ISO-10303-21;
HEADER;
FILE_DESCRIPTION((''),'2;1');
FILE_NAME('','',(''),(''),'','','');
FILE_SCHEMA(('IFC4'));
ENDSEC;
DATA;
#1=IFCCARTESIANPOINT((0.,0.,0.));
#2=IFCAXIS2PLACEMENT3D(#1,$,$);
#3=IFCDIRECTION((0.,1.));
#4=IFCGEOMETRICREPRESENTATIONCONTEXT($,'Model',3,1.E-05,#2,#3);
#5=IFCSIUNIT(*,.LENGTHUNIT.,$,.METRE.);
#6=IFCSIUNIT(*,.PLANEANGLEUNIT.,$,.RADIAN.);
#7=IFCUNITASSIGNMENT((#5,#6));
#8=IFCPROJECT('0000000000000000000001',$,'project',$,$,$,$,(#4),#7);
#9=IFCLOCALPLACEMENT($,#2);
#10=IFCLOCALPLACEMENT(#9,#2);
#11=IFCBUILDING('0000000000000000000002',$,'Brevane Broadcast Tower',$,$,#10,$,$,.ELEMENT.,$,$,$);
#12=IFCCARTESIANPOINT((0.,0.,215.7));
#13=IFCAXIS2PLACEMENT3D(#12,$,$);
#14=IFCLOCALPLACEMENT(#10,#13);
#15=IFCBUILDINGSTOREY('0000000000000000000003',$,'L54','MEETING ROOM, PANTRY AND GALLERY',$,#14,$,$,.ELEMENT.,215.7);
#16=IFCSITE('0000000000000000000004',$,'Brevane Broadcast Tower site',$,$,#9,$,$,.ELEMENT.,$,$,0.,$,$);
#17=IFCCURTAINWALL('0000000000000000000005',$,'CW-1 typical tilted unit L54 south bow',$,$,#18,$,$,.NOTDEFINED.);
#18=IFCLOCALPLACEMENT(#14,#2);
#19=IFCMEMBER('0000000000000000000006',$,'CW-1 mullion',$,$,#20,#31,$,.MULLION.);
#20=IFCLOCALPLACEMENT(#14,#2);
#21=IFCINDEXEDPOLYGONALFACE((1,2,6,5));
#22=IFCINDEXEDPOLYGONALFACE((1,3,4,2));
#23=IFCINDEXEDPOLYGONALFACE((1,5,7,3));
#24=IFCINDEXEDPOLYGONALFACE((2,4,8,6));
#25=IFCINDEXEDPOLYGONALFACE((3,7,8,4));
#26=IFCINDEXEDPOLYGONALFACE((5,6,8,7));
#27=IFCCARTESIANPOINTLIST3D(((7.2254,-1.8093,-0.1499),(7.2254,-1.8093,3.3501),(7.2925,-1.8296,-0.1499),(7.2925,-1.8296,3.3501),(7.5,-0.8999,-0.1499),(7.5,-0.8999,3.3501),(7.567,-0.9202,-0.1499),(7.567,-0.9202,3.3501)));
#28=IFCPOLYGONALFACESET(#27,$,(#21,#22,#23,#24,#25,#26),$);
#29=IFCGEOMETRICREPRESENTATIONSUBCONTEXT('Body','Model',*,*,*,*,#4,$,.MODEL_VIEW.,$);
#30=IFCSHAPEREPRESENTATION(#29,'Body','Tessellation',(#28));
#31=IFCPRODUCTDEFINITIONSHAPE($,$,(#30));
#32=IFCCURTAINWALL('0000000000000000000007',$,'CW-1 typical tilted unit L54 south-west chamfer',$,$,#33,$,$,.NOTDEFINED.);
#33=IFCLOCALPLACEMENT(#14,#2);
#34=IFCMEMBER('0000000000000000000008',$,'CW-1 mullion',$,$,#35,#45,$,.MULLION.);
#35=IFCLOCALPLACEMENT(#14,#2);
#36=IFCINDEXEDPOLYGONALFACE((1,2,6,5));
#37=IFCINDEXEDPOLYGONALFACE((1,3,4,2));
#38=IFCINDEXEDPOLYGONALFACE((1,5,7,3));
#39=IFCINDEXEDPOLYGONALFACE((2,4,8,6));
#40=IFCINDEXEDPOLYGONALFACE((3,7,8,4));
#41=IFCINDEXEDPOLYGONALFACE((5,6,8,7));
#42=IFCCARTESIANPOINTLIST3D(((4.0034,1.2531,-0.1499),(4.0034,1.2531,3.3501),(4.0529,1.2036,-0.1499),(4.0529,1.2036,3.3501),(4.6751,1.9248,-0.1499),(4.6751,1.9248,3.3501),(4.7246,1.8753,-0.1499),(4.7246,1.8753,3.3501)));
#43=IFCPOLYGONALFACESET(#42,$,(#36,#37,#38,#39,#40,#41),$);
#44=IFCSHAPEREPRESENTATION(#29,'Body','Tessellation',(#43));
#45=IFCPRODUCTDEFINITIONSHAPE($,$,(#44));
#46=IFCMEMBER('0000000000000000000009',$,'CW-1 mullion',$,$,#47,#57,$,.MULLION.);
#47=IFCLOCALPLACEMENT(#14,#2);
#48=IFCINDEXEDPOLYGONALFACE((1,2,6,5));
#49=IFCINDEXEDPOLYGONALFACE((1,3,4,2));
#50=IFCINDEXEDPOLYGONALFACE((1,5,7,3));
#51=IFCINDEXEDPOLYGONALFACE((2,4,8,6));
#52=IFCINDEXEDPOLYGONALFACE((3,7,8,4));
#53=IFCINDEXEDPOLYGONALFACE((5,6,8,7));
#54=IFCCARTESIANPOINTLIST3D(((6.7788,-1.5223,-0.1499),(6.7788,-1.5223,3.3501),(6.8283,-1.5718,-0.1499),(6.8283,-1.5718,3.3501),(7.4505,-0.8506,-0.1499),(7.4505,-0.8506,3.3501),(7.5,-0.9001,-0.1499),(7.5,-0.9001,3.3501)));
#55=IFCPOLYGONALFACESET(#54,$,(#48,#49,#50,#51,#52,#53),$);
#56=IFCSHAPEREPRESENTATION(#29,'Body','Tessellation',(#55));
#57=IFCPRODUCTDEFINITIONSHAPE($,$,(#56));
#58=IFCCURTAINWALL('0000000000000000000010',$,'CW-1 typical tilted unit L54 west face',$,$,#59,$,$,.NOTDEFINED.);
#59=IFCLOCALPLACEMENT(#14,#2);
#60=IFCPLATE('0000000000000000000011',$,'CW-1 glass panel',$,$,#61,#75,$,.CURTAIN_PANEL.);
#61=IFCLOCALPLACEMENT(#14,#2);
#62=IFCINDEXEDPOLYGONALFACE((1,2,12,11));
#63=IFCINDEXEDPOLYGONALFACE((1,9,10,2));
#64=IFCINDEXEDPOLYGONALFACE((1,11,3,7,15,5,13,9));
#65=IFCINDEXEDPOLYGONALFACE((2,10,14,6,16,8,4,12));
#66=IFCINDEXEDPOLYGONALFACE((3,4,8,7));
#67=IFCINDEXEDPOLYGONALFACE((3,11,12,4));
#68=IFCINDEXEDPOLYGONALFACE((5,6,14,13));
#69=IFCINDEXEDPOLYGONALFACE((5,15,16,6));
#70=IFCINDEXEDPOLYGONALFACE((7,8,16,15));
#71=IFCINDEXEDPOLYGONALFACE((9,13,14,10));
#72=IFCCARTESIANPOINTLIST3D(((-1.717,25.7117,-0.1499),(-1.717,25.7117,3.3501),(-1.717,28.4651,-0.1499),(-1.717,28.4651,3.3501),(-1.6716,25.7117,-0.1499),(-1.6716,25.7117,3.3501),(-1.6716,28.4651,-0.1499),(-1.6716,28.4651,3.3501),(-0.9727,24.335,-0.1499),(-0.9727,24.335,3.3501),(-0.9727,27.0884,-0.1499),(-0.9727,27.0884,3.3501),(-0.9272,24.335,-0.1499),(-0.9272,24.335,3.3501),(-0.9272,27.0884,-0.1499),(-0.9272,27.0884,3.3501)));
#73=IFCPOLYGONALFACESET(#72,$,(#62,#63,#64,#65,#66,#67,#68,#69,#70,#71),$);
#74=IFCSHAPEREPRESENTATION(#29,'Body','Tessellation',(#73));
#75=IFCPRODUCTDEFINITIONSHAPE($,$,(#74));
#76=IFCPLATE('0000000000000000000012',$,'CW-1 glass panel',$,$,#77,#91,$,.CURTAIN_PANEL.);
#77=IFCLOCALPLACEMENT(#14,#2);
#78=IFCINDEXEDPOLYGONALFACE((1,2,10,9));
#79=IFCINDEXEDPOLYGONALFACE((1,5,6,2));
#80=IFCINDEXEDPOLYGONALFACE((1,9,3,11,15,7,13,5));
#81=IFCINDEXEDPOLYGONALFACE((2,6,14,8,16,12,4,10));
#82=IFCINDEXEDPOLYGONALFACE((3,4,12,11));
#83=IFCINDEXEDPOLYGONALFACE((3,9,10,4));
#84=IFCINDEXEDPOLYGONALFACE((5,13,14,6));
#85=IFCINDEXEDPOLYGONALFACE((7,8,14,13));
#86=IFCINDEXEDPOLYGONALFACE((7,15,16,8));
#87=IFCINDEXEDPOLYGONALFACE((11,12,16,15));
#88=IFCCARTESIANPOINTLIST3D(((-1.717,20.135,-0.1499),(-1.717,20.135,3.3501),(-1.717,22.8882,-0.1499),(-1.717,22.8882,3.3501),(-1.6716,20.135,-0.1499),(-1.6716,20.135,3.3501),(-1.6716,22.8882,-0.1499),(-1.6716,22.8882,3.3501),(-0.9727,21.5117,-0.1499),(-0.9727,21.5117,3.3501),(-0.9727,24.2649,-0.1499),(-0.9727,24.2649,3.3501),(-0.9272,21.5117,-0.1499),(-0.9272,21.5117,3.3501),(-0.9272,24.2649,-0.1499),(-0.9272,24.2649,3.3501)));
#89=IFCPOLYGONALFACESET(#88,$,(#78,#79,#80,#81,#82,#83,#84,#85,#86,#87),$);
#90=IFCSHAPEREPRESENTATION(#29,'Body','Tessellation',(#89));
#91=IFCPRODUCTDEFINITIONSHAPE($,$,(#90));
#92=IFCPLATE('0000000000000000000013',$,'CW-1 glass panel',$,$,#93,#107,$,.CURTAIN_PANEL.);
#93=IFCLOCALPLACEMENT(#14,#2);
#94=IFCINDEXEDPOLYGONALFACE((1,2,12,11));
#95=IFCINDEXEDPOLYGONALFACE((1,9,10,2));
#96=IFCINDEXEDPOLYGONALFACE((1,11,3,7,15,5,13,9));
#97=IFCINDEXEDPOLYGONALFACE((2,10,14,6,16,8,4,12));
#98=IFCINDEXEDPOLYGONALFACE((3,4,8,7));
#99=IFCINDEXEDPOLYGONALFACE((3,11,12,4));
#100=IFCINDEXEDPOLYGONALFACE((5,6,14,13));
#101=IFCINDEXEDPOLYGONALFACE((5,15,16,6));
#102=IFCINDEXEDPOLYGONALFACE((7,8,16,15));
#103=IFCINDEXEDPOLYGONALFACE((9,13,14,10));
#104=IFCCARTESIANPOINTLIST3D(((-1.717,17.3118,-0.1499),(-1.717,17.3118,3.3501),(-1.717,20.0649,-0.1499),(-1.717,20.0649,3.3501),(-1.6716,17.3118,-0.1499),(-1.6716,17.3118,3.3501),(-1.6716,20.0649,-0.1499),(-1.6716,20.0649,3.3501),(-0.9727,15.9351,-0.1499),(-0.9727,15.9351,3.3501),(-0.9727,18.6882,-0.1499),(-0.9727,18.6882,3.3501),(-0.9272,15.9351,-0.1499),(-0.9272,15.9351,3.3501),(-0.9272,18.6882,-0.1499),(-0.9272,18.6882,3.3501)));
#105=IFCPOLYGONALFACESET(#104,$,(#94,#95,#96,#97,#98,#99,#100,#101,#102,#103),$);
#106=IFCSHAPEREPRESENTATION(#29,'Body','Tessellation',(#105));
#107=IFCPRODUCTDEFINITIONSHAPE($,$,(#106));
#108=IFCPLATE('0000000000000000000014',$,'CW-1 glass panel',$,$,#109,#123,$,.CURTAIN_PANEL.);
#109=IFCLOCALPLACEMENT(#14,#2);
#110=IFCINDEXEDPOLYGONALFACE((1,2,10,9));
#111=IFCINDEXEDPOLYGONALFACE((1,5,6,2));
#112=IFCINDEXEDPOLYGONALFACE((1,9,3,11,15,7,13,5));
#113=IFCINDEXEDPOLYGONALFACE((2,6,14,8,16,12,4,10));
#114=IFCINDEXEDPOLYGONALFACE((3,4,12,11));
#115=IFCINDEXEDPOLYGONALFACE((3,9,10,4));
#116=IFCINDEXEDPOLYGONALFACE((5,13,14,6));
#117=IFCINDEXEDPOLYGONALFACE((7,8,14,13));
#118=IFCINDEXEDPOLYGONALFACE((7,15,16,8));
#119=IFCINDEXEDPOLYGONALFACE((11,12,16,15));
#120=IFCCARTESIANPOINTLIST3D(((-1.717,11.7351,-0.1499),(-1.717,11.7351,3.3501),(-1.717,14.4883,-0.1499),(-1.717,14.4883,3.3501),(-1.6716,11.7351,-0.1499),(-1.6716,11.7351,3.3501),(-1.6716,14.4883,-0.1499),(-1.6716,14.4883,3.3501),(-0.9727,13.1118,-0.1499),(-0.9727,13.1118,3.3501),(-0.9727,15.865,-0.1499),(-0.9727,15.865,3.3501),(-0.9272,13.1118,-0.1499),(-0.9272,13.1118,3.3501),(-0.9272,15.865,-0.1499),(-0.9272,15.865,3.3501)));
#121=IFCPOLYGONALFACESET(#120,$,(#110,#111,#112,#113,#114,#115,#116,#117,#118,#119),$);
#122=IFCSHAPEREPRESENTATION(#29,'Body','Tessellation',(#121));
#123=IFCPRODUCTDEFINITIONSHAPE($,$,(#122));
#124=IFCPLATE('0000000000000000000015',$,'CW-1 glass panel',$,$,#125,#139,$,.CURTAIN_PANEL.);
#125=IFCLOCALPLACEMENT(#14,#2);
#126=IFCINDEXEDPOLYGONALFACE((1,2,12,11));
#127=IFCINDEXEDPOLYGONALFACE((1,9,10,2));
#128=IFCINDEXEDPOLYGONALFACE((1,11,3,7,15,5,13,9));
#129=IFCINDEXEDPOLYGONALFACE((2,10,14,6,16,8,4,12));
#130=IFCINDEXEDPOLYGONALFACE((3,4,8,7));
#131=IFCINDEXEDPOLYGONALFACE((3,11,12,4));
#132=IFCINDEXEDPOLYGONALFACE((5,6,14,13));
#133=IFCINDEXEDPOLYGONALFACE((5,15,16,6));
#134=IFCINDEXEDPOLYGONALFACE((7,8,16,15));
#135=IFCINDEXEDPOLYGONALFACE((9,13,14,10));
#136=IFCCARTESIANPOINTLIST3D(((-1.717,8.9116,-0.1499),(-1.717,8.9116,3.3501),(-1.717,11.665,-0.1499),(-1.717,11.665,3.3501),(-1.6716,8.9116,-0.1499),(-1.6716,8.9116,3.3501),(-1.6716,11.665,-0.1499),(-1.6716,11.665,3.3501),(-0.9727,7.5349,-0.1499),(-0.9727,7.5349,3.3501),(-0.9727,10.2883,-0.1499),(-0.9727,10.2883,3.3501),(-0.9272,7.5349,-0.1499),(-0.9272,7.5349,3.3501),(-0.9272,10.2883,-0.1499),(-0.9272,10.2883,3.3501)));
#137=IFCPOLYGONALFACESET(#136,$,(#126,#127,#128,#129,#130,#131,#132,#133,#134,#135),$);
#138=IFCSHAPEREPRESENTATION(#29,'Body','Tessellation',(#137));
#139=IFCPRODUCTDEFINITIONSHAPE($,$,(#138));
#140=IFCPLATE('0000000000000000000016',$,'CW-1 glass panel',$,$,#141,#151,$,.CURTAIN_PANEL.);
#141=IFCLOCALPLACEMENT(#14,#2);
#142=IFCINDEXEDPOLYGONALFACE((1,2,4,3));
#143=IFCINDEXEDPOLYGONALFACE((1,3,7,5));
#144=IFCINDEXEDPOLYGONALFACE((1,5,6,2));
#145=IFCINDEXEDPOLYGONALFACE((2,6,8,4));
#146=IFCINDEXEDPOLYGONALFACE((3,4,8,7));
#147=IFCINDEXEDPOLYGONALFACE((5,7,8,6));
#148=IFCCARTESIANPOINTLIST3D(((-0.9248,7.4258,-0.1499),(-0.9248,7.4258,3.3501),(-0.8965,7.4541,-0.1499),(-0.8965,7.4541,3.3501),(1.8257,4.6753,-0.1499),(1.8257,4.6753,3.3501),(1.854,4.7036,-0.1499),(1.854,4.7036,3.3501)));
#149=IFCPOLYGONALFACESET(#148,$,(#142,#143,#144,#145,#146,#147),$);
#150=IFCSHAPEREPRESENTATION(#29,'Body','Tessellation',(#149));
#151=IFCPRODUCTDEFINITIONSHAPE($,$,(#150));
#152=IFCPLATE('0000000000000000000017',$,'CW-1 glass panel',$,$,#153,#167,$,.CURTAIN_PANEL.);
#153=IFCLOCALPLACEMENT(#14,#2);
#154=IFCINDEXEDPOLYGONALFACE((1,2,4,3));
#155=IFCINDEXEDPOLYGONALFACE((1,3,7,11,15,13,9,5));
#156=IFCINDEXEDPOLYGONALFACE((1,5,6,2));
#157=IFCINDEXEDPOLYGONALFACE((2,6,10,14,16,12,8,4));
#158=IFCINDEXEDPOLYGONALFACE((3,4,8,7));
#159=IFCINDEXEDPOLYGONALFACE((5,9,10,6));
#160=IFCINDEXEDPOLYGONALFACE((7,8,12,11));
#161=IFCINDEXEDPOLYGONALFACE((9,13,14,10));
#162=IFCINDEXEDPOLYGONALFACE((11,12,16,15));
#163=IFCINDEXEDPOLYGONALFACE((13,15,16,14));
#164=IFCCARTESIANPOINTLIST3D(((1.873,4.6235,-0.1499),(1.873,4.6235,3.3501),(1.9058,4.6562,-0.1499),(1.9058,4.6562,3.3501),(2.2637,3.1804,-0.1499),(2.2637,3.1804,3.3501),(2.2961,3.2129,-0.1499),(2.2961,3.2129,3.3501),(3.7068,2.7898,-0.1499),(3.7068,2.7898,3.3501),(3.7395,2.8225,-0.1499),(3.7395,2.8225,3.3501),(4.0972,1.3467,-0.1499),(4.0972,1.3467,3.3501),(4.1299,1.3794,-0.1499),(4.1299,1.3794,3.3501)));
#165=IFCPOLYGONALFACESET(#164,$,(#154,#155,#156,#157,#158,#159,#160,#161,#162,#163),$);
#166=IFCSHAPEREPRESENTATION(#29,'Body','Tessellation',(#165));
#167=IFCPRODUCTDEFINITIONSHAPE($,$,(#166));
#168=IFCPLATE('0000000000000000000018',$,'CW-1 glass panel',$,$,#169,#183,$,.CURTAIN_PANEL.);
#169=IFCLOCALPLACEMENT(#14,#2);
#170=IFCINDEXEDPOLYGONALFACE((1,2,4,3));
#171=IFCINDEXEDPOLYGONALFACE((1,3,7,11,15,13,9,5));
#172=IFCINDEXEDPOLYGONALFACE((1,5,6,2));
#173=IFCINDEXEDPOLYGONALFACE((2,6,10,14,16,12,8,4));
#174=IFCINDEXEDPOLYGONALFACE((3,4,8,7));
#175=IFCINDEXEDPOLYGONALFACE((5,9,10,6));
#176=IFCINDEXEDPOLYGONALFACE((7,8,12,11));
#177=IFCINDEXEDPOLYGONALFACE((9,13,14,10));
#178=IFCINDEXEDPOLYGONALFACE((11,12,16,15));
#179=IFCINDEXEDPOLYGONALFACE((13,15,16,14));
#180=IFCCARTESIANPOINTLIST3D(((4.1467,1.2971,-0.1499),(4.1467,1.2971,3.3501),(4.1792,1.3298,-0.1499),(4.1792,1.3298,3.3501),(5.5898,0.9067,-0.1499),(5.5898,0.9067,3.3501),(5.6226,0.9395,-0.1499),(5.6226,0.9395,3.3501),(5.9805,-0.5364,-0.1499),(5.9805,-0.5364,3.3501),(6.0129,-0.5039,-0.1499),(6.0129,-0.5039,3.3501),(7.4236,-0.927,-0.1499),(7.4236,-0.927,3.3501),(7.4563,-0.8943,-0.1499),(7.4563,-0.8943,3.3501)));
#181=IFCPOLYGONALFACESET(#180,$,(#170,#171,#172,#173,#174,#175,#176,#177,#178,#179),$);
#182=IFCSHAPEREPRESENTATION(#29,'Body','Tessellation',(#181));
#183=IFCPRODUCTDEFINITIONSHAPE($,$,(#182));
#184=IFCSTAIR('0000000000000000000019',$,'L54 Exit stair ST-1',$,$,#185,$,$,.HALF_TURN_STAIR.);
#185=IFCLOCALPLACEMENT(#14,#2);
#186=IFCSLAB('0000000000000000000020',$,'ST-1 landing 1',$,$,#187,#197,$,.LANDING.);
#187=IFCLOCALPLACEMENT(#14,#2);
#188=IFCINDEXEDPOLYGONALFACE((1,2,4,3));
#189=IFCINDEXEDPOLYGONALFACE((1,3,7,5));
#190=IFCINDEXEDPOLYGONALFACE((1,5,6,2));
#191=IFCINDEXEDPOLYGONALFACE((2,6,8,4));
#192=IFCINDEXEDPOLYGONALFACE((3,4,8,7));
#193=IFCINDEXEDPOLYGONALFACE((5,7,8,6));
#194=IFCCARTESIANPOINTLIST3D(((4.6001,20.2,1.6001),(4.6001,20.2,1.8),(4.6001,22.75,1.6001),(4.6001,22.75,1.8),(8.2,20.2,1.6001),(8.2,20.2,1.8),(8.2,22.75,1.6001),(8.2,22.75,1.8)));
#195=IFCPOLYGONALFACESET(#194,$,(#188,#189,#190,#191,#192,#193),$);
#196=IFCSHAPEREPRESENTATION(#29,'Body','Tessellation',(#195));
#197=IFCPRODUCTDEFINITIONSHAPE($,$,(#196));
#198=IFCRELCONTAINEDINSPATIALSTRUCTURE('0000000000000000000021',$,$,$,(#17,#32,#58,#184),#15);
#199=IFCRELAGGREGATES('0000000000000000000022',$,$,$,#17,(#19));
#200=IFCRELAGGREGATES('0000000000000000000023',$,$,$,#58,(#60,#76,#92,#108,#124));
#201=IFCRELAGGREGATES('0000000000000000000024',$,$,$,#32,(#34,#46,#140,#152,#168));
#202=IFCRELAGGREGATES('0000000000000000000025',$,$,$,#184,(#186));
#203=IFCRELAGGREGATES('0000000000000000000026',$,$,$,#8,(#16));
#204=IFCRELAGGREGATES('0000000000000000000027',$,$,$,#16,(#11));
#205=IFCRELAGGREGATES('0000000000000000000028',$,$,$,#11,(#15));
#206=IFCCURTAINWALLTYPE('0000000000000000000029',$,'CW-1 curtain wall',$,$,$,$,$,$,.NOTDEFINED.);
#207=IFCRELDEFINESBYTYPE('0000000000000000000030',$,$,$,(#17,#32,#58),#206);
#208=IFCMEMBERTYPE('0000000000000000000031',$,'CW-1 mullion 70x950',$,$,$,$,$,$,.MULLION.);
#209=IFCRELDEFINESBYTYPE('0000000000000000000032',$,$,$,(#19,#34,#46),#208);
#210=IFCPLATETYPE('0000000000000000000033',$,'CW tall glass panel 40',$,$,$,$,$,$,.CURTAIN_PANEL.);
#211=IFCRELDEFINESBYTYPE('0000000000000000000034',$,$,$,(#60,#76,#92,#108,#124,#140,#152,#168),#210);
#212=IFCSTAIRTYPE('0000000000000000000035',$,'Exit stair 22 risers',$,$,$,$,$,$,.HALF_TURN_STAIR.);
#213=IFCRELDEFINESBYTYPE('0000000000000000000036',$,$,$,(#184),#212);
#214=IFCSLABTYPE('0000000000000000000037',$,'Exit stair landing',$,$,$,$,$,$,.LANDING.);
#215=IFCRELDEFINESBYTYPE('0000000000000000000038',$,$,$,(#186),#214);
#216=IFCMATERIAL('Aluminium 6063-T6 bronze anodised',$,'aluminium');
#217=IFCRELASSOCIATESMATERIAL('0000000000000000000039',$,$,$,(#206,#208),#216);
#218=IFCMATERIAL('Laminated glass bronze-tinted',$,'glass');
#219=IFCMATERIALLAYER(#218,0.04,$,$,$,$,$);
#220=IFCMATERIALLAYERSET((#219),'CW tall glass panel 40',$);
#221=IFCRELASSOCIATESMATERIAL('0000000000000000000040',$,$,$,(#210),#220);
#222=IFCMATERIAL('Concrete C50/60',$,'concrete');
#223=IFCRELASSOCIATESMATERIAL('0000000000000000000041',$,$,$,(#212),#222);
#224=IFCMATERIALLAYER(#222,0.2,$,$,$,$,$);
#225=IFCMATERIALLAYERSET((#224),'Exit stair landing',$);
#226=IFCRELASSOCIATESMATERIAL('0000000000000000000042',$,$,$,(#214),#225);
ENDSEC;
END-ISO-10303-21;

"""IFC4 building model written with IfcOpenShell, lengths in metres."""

from ifc_helpers import new_model, si_unit, direction, frame, origin, origin_2d, place, context, subcontext, project, spatial, polyline, rectangle, outline, extrude, material, layer, layer_set, material_profile, profile_set, type_object, element, aggregate, save


model = new_model("IFC4")

# Units and contexts
model_context = context("Model", 3, precision=1e-05, world=origin(), true_north=direction((0.0, 1.0)))
body_context = subcontext(model_context, "Body", "Model", "MODEL_VIEW")
ifc_project = project(units=[si_unit("LENGTHUNIT", "METRE"), si_unit("PLANEANGLEUNIT", "RADIAN")], contexts=[model_context])

# Site, building, storey
site_placement = place(None, origin())
site = spatial("IfcSite", under=ifc_project, at=site_placement, Name="Brevane Broadcast Tower site", CompositionType="ELEMENT", RefElevation=0.0)
building_placement = place(site_placement, origin())
building = spatial("IfcBuilding", under=site, at=building_placement, Name="Brevane Broadcast Tower", CompositionType="ELEMENT")
storey_placement = place(building_placement, frame((0.0, 0.0, 215.7)))
storey = spatial("IfcBuildingStorey", under=building, at=storey_placement, Name="L54", Description="MEETING ROOM, PANTRY AND GALLERY", CompositionType="ELEMENT", Elevation=215.7)

# Curtain wall, member
ifc_material_1 = material(Name="Aluminium 6063-T6 bronze anodised", Category="aluminium")
curtain_wall_type = type_object("IfcCurtainWallType", Name="CW-1 curtain wall", PredefinedType="NOTDEFINED", material=ifc_material_1)
curtain_wall_1_placement = place(storey_placement, origin())
curtain_wall_1 = element("IfcCurtainWall", 1, at=curtain_wall_1_placement, inside=storey, type_object=curtain_wall_type, Name="CW-1 typical tilted unit L54 south bow", PredefinedType="NOTDEFINED")
ifc_material_profile = material_profile(ifc_material_1, rectangle(XDim=0.95, YDim=0.0701, at=origin_2d()), Name="RECT 70x950")
ifc_profile_set = profile_set([ifc_material_profile], Name="Aluminium 6063-T6 bronze anodised")
member_type = type_object("IfcMemberType", Name="CW-1 mullion 70x950", PredefinedType="MULLION", material=ifc_profile_set)
member_1_placement = place(storey_placement, frame((7.3962, -1.3647, -0.1499), z_axis=(0.0, 0.0, 1.0), x_axis=(0.288968, 0.957339, 0.0)))
member_1 = element("IfcMember", 2, at=member_1_placement, type_object=member_type, Name="CW-1 mullion", PredefinedType="MULLION", context=body_context, shape_type="SweptSolid", body=[
    extrude(rectangle(XDim=0.95, YDim=0.0701, at=origin_2d()), origin(), (0.0, 0.0, 1.0), 3.5),
])
aggregate(curtain_wall_1, [member_1])

# Curtain wall, members
curtain_wall_2_placement = place(storey_placement, origin())
curtain_wall_2 = element("IfcCurtainWall", 3, at=curtain_wall_2_placement, inside=storey, type_object=curtain_wall_type, Name="CW-1 typical tilted unit L54 south-west chamfer", PredefinedType="NOTDEFINED")
member_2_placement = place(storey_placement, frame((4.364, 1.5642, -0.1499), z_axis=(0.0, 0.0, 1.0), x_axis=(0.707107, 0.707107, 0.0)))
member_2 = element("IfcMember", 4, at=member_2_placement, type_object=member_type, Name="CW-1 mullion", PredefinedType="MULLION", context=body_context, shape_type="SweptSolid", body=[
    extrude(rectangle(XDim=0.95, YDim=0.0701, at=origin_2d()), origin(), (0.0, 0.0, 1.0), 3.5),
])
member_3_placement = place(storey_placement, frame((7.1394, -1.2112, -0.1499), z_axis=(0.0, 0.0, 1.0), x_axis=(0.707107, 0.707107, 0.0)))
member_3 = element("IfcMember", 5, at=member_3_placement, type_object=member_type, Name="CW-1 mullion", PredefinedType="MULLION", context=body_context, shape_type="SweptSolid", body=[
    extrude(rectangle(XDim=0.95, YDim=0.0701, at=origin_2d()), origin(), (0.0, 0.0, 1.0), 3.5),
])

# Curtain wall, plates
curtain_wall_3_placement = place(storey_placement, origin())
curtain_wall_3 = element("IfcCurtainWall", 6, at=curtain_wall_3_placement, inside=storey, type_object=curtain_wall_type, Name="CW-1 typical tilted unit L54 west face", PredefinedType="NOTDEFINED")
ifc_material_2 = material(Name="Laminated glass bronze-tinted", Category="glass")
ifc_layer_1 = layer(ifc_material_2, 0.04)
ifc_layer_set_1 = layer_set([ifc_layer_1], Name="CW tall glass panel 40")
plate_type = type_object("IfcPlateType", Name="CW tall glass panel 40", PredefinedType="CURTAIN_PANEL", material=ifc_layer_set_1)
plate_1_placement = place(storey_placement, frame((0.0, 0.0, -0.1499)))
plate_1 = element("IfcPlate", 7, at=plate_1_placement, type_object=plate_type, Name="CW-1 glass panel", PredefinedType="CURTAIN_PANEL", context=body_context, shape_type="SweptSolid", body=[
    extrude(outline(polyline([(-1.6716, 28.4651), (-1.717, 28.4651), (-0.9727, 27.0884), (-1.717, 25.7117), (-0.9727, 24.335), (-0.9272, 24.335), (-1.6716, 25.7117), (-0.9272, 27.0884), (-1.6716, 28.4651)])), origin(), (0.0, 0.0, 1.0), 3.5),
])
plate_2_placement = place(storey_placement, frame((0.0, 0.0, -0.1499)))
plate_2 = element("IfcPlate", 8, at=plate_2_placement, type_object=plate_type, Name="CW-1 glass panel", PredefinedType="CURTAIN_PANEL", context=body_context, shape_type="SweptSolid", body=[
    extrude(outline(polyline([(-0.9272, 24.2649), (-0.9727, 24.2649), (-1.717, 22.8882), (-0.9727, 21.5117), (-1.717, 20.135), (-1.6716, 20.135), (-0.9272, 21.5117), (-1.6716, 22.8882), (-0.9272, 24.2649)])), origin(), (0.0, 0.0, 1.0), 3.5),
])
plate_3_placement = place(storey_placement, frame((0.0, 0.0, -0.1499)))
plate_3 = element("IfcPlate", 9, at=plate_3_placement, type_object=plate_type, Name="CW-1 glass panel", PredefinedType="CURTAIN_PANEL", context=body_context, shape_type="SweptSolid", body=[
    extrude(outline(polyline([(-1.6716, 20.0649), (-1.717, 20.0649), (-0.9727, 18.6882), (-1.717, 17.3118), (-0.9727, 15.9351), (-0.9272, 15.9351), (-1.6716, 17.3118), (-0.9272, 18.6882), (-1.6716, 20.0649)])), origin(), (0.0, 0.0, 1.0), 3.5),
])
plate_4_placement = place(storey_placement, frame((0.0, 0.0, -0.1499)))
plate_4 = element("IfcPlate", 10, at=plate_4_placement, type_object=plate_type, Name="CW-1 glass panel", PredefinedType="CURTAIN_PANEL", context=body_context, shape_type="SweptSolid", body=[
    extrude(outline(polyline([(-0.9272, 15.865), (-0.9727, 15.865), (-1.717, 14.4883), (-0.9727, 13.1118), (-1.717, 11.7351), (-1.6716, 11.7351), (-0.9272, 13.1118), (-1.6716, 14.4883), (-0.9272, 15.865)])), origin(), (0.0, 0.0, 1.0), 3.5),
])
plate_5_placement = place(storey_placement, frame((0.0, 0.0, -0.1499)))
plate_5 = element("IfcPlate", 11, at=plate_5_placement, type_object=plate_type, Name="CW-1 glass panel", PredefinedType="CURTAIN_PANEL", context=body_context, shape_type="SweptSolid", body=[
    extrude(outline(polyline([(-1.6716, 11.665), (-1.717, 11.665), (-0.9727, 10.2883), (-1.717, 8.9116), (-0.9727, 7.5349), (-0.9272, 7.5349), (-1.6716, 8.9116), (-0.9272, 10.2883), (-1.6716, 11.665)])), origin(), (0.0, 0.0, 1.0), 3.5),
])
aggregate(curtain_wall_3, [plate_1, plate_2, plate_3, plate_4, plate_5])

# Plates
plate_6_placement = place(storey_placement, frame((0.0, 0.0, -0.1499)))
plate_6 = element("IfcPlate", 12, at=plate_6_placement, type_object=plate_type, Name="CW-1 glass panel", PredefinedType="CURTAIN_PANEL", context=body_context, shape_type="SweptSolid", body=[
    extrude(outline(polyline([(-0.8965, 7.4541), (1.854, 4.7036), (1.8257, 4.6753), (-0.9248, 7.4258), (-0.8965, 7.4541)])), origin(), (0.0, 0.0, 1.0), 3.5),
])
plate_7_placement = place(storey_placement, frame((0.0, 0.0, -0.1499)))
plate_7 = element("IfcPlate", 13, at=plate_7_placement, type_object=plate_type, Name="CW-1 glass panel", PredefinedType="CURTAIN_PANEL", context=body_context, shape_type="SweptSolid", body=[
    extrude(outline(polyline([(1.9058, 4.6562), (1.873, 4.6235), (2.2637, 3.1804), (3.7068, 2.7898), (4.0972, 1.3467), (4.1299, 1.3794), (3.7395, 2.8225), (2.2961, 3.2129), (1.9058, 4.6562)])), origin(), (0.0, 0.0, 1.0), 3.5),
])
plate_8_placement = place(storey_placement, frame((0.0, 0.0, -0.1499)))
plate_8 = element("IfcPlate", 14, at=plate_8_placement, type_object=plate_type, Name="CW-1 glass panel", PredefinedType="CURTAIN_PANEL", context=body_context, shape_type="SweptSolid", body=[
    extrude(outline(polyline([(4.1792, 1.3298), (4.1467, 1.2971), (5.5898, 0.9067), (5.9805, -0.5364), (7.4236, -0.927), (7.4563, -0.8943), (6.0129, -0.5039), (5.6226, 0.9395), (4.1792, 1.3298)])), origin(), (0.0, 0.0, 1.0), 3.5),
])
aggregate(curtain_wall_2, [member_2, member_3, plate_6, plate_7, plate_8])

# Stair, slab
ifc_material_3 = material(Name="Concrete C50/60", Category="concrete")
stair_type = type_object("IfcStairType", Name="Exit stair 22 risers", PredefinedType="HALF_TURN_STAIR", material=ifc_material_3)
stair_1_placement = place(storey_placement, origin())
stair_1 = element("IfcStair", 15, at=stair_1_placement, inside=storey, type_object=stair_type, Name="L54 Exit stair ST-1", PredefinedType="HALF_TURN_STAIR")
ifc_layer_2 = layer(ifc_material_3, 0.2)
ifc_layer_set_2 = layer_set([ifc_layer_2], Name="Exit stair landing")
slab_type_1 = type_object("IfcSlabType", Name="Exit stair landing", PredefinedType="LANDING", material=ifc_layer_set_2)
slab_1_placement = place(storey_placement, frame((0.0, 0.0, 1.6001)))
slab_1 = element("IfcSlab", 16, at=slab_1_placement, type_object=slab_type_1, Name="ST-1 landing 1", PredefinedType="LANDING", context=body_context, shape_type="SweptSolid", body=[
    extrude(outline(polyline([(4.6001, 20.2), (8.2, 20.2), (8.2, 22.75), (4.6001, 22.75), (4.6001, 20.2)])), origin(), (0.0, 0.0, 1.0), 0.2),
])
aggregate(stair_1, [slab_1])

save(model, "model.ifc")
